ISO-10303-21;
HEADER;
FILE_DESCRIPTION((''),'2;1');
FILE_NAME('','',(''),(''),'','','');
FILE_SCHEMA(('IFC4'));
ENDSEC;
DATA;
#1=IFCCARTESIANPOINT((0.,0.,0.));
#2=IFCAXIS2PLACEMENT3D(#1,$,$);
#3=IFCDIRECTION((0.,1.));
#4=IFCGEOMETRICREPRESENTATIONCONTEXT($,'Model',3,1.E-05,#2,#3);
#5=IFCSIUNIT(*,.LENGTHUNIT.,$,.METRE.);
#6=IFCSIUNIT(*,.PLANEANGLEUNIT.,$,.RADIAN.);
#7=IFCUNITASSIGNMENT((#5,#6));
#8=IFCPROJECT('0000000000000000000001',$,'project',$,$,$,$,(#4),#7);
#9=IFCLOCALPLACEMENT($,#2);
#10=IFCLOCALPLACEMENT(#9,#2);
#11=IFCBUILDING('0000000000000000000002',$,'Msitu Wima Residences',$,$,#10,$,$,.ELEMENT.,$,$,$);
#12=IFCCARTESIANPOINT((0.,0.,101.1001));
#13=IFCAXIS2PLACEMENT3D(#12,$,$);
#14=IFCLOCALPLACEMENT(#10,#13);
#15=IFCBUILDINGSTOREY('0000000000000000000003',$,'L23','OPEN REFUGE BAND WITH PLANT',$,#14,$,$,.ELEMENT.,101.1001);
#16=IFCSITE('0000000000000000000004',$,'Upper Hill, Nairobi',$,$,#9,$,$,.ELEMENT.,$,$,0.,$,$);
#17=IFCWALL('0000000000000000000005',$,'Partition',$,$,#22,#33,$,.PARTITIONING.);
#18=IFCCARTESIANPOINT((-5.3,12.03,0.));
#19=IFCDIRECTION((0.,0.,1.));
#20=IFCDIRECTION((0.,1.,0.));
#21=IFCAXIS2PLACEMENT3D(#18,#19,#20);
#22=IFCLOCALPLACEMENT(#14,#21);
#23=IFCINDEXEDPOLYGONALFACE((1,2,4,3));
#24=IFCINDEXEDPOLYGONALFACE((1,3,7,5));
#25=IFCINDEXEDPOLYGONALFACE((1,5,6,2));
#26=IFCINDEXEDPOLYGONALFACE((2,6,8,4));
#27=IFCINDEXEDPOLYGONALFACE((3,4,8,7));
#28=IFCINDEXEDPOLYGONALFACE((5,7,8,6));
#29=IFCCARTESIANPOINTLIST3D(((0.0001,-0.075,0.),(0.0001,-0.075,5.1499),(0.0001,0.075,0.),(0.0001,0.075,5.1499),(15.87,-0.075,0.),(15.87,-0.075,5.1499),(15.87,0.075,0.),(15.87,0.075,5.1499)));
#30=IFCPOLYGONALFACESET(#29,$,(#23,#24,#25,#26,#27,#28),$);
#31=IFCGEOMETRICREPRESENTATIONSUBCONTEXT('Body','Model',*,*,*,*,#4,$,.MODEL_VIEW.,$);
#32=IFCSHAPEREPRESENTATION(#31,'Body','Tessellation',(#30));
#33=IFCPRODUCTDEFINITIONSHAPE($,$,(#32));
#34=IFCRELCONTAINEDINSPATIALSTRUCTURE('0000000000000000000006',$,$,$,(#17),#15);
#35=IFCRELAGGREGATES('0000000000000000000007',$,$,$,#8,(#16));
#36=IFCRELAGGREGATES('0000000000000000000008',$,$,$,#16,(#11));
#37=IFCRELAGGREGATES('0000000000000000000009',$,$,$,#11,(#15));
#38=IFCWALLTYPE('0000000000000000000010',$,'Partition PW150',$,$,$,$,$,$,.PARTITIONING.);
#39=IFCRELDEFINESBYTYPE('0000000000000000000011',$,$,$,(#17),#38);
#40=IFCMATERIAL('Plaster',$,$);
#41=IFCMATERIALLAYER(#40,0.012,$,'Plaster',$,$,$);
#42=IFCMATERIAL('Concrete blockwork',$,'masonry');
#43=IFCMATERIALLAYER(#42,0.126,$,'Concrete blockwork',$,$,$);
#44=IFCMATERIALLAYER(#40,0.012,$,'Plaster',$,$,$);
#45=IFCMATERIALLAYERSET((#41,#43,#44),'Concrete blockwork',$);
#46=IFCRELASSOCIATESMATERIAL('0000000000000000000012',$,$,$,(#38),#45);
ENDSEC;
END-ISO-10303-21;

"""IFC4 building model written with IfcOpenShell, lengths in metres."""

from ifc_helpers import new_model, si_unit, direction, frame, frame_2d, origin, place, context, subcontext, project, spatial, rectangle, extrude, material, layer, layer_set, type_object, element, save


model = new_model("IFC4")

# Units and contexts
model_context = context("Model", 3, precision=1e-05, world=origin(), true_north=direction((0.0, 1.0)))
body_context = subcontext(model_context, "Body", "Model", "MODEL_VIEW")
ifc_project = project(units=[si_unit("LENGTHUNIT", "METRE"), si_unit("PLANEANGLEUNIT", "RADIAN")], contexts=[model_context])

# Site, building, storey
site_placement = place(None, origin())
site = spatial("IfcSite", under=ifc_project, at=site_placement, Name="Upper Hill, Nairobi", CompositionType="ELEMENT", RefElevation=0.0)
building_placement = place(site_placement, origin())
building = spatial("IfcBuilding", under=site, at=building_placement, Name="Msitu Wima Residences", CompositionType="ELEMENT")
storey_placement = place(building_placement, frame((0.0, 0.0, 101.1001)))
storey = spatial("IfcBuildingStorey", under=building, at=storey_placement, Name="L23", Description="OPEN REFUGE BAND WITH PLANT", CompositionType="ELEMENT", Elevation=101.1001)

# Wall
ifc_material_1 = material(Name="Plaster")
ifc_layer_1 = layer(ifc_material_1, 0.012, Name="Plaster")
ifc_material_2 = material(Name="Concrete blockwork", Category="masonry")
ifc_layer_2 = layer(ifc_material_2, 0.126, Name="Concrete blockwork")
ifc_layer_3 = layer(ifc_material_1, 0.012, Name="Plaster")
ifc_layer_set_1 = layer_set([ifc_layer_1, ifc_layer_2, ifc_layer_3], Name="Concrete blockwork")
wall_type_1 = type_object("IfcWallType", Name="Partition PW150", PredefinedType="PARTITIONING", material=ifc_layer_set_1)
wall_1_placement = place(storey_placement, frame((-5.3, 12.03, 0.0), z_axis=(0.0, 0.0, 1.0), x_axis=(0.0, 1.0, 0.0)))
element("IfcWall", 1, at=wall_1_placement, inside=storey, type_object=wall_type_1, Name="Partition", PredefinedType="PARTITIONING", context=body_context, shape_type="SweptSolid", body=[
    extrude(rectangle(XDim=15.8699, YDim=0.1499, at=frame_2d((7.9351, 0.0))), origin(), (0.0, 0.0, 1.0), 5.1499),
])

save(model, "model.ifc")
